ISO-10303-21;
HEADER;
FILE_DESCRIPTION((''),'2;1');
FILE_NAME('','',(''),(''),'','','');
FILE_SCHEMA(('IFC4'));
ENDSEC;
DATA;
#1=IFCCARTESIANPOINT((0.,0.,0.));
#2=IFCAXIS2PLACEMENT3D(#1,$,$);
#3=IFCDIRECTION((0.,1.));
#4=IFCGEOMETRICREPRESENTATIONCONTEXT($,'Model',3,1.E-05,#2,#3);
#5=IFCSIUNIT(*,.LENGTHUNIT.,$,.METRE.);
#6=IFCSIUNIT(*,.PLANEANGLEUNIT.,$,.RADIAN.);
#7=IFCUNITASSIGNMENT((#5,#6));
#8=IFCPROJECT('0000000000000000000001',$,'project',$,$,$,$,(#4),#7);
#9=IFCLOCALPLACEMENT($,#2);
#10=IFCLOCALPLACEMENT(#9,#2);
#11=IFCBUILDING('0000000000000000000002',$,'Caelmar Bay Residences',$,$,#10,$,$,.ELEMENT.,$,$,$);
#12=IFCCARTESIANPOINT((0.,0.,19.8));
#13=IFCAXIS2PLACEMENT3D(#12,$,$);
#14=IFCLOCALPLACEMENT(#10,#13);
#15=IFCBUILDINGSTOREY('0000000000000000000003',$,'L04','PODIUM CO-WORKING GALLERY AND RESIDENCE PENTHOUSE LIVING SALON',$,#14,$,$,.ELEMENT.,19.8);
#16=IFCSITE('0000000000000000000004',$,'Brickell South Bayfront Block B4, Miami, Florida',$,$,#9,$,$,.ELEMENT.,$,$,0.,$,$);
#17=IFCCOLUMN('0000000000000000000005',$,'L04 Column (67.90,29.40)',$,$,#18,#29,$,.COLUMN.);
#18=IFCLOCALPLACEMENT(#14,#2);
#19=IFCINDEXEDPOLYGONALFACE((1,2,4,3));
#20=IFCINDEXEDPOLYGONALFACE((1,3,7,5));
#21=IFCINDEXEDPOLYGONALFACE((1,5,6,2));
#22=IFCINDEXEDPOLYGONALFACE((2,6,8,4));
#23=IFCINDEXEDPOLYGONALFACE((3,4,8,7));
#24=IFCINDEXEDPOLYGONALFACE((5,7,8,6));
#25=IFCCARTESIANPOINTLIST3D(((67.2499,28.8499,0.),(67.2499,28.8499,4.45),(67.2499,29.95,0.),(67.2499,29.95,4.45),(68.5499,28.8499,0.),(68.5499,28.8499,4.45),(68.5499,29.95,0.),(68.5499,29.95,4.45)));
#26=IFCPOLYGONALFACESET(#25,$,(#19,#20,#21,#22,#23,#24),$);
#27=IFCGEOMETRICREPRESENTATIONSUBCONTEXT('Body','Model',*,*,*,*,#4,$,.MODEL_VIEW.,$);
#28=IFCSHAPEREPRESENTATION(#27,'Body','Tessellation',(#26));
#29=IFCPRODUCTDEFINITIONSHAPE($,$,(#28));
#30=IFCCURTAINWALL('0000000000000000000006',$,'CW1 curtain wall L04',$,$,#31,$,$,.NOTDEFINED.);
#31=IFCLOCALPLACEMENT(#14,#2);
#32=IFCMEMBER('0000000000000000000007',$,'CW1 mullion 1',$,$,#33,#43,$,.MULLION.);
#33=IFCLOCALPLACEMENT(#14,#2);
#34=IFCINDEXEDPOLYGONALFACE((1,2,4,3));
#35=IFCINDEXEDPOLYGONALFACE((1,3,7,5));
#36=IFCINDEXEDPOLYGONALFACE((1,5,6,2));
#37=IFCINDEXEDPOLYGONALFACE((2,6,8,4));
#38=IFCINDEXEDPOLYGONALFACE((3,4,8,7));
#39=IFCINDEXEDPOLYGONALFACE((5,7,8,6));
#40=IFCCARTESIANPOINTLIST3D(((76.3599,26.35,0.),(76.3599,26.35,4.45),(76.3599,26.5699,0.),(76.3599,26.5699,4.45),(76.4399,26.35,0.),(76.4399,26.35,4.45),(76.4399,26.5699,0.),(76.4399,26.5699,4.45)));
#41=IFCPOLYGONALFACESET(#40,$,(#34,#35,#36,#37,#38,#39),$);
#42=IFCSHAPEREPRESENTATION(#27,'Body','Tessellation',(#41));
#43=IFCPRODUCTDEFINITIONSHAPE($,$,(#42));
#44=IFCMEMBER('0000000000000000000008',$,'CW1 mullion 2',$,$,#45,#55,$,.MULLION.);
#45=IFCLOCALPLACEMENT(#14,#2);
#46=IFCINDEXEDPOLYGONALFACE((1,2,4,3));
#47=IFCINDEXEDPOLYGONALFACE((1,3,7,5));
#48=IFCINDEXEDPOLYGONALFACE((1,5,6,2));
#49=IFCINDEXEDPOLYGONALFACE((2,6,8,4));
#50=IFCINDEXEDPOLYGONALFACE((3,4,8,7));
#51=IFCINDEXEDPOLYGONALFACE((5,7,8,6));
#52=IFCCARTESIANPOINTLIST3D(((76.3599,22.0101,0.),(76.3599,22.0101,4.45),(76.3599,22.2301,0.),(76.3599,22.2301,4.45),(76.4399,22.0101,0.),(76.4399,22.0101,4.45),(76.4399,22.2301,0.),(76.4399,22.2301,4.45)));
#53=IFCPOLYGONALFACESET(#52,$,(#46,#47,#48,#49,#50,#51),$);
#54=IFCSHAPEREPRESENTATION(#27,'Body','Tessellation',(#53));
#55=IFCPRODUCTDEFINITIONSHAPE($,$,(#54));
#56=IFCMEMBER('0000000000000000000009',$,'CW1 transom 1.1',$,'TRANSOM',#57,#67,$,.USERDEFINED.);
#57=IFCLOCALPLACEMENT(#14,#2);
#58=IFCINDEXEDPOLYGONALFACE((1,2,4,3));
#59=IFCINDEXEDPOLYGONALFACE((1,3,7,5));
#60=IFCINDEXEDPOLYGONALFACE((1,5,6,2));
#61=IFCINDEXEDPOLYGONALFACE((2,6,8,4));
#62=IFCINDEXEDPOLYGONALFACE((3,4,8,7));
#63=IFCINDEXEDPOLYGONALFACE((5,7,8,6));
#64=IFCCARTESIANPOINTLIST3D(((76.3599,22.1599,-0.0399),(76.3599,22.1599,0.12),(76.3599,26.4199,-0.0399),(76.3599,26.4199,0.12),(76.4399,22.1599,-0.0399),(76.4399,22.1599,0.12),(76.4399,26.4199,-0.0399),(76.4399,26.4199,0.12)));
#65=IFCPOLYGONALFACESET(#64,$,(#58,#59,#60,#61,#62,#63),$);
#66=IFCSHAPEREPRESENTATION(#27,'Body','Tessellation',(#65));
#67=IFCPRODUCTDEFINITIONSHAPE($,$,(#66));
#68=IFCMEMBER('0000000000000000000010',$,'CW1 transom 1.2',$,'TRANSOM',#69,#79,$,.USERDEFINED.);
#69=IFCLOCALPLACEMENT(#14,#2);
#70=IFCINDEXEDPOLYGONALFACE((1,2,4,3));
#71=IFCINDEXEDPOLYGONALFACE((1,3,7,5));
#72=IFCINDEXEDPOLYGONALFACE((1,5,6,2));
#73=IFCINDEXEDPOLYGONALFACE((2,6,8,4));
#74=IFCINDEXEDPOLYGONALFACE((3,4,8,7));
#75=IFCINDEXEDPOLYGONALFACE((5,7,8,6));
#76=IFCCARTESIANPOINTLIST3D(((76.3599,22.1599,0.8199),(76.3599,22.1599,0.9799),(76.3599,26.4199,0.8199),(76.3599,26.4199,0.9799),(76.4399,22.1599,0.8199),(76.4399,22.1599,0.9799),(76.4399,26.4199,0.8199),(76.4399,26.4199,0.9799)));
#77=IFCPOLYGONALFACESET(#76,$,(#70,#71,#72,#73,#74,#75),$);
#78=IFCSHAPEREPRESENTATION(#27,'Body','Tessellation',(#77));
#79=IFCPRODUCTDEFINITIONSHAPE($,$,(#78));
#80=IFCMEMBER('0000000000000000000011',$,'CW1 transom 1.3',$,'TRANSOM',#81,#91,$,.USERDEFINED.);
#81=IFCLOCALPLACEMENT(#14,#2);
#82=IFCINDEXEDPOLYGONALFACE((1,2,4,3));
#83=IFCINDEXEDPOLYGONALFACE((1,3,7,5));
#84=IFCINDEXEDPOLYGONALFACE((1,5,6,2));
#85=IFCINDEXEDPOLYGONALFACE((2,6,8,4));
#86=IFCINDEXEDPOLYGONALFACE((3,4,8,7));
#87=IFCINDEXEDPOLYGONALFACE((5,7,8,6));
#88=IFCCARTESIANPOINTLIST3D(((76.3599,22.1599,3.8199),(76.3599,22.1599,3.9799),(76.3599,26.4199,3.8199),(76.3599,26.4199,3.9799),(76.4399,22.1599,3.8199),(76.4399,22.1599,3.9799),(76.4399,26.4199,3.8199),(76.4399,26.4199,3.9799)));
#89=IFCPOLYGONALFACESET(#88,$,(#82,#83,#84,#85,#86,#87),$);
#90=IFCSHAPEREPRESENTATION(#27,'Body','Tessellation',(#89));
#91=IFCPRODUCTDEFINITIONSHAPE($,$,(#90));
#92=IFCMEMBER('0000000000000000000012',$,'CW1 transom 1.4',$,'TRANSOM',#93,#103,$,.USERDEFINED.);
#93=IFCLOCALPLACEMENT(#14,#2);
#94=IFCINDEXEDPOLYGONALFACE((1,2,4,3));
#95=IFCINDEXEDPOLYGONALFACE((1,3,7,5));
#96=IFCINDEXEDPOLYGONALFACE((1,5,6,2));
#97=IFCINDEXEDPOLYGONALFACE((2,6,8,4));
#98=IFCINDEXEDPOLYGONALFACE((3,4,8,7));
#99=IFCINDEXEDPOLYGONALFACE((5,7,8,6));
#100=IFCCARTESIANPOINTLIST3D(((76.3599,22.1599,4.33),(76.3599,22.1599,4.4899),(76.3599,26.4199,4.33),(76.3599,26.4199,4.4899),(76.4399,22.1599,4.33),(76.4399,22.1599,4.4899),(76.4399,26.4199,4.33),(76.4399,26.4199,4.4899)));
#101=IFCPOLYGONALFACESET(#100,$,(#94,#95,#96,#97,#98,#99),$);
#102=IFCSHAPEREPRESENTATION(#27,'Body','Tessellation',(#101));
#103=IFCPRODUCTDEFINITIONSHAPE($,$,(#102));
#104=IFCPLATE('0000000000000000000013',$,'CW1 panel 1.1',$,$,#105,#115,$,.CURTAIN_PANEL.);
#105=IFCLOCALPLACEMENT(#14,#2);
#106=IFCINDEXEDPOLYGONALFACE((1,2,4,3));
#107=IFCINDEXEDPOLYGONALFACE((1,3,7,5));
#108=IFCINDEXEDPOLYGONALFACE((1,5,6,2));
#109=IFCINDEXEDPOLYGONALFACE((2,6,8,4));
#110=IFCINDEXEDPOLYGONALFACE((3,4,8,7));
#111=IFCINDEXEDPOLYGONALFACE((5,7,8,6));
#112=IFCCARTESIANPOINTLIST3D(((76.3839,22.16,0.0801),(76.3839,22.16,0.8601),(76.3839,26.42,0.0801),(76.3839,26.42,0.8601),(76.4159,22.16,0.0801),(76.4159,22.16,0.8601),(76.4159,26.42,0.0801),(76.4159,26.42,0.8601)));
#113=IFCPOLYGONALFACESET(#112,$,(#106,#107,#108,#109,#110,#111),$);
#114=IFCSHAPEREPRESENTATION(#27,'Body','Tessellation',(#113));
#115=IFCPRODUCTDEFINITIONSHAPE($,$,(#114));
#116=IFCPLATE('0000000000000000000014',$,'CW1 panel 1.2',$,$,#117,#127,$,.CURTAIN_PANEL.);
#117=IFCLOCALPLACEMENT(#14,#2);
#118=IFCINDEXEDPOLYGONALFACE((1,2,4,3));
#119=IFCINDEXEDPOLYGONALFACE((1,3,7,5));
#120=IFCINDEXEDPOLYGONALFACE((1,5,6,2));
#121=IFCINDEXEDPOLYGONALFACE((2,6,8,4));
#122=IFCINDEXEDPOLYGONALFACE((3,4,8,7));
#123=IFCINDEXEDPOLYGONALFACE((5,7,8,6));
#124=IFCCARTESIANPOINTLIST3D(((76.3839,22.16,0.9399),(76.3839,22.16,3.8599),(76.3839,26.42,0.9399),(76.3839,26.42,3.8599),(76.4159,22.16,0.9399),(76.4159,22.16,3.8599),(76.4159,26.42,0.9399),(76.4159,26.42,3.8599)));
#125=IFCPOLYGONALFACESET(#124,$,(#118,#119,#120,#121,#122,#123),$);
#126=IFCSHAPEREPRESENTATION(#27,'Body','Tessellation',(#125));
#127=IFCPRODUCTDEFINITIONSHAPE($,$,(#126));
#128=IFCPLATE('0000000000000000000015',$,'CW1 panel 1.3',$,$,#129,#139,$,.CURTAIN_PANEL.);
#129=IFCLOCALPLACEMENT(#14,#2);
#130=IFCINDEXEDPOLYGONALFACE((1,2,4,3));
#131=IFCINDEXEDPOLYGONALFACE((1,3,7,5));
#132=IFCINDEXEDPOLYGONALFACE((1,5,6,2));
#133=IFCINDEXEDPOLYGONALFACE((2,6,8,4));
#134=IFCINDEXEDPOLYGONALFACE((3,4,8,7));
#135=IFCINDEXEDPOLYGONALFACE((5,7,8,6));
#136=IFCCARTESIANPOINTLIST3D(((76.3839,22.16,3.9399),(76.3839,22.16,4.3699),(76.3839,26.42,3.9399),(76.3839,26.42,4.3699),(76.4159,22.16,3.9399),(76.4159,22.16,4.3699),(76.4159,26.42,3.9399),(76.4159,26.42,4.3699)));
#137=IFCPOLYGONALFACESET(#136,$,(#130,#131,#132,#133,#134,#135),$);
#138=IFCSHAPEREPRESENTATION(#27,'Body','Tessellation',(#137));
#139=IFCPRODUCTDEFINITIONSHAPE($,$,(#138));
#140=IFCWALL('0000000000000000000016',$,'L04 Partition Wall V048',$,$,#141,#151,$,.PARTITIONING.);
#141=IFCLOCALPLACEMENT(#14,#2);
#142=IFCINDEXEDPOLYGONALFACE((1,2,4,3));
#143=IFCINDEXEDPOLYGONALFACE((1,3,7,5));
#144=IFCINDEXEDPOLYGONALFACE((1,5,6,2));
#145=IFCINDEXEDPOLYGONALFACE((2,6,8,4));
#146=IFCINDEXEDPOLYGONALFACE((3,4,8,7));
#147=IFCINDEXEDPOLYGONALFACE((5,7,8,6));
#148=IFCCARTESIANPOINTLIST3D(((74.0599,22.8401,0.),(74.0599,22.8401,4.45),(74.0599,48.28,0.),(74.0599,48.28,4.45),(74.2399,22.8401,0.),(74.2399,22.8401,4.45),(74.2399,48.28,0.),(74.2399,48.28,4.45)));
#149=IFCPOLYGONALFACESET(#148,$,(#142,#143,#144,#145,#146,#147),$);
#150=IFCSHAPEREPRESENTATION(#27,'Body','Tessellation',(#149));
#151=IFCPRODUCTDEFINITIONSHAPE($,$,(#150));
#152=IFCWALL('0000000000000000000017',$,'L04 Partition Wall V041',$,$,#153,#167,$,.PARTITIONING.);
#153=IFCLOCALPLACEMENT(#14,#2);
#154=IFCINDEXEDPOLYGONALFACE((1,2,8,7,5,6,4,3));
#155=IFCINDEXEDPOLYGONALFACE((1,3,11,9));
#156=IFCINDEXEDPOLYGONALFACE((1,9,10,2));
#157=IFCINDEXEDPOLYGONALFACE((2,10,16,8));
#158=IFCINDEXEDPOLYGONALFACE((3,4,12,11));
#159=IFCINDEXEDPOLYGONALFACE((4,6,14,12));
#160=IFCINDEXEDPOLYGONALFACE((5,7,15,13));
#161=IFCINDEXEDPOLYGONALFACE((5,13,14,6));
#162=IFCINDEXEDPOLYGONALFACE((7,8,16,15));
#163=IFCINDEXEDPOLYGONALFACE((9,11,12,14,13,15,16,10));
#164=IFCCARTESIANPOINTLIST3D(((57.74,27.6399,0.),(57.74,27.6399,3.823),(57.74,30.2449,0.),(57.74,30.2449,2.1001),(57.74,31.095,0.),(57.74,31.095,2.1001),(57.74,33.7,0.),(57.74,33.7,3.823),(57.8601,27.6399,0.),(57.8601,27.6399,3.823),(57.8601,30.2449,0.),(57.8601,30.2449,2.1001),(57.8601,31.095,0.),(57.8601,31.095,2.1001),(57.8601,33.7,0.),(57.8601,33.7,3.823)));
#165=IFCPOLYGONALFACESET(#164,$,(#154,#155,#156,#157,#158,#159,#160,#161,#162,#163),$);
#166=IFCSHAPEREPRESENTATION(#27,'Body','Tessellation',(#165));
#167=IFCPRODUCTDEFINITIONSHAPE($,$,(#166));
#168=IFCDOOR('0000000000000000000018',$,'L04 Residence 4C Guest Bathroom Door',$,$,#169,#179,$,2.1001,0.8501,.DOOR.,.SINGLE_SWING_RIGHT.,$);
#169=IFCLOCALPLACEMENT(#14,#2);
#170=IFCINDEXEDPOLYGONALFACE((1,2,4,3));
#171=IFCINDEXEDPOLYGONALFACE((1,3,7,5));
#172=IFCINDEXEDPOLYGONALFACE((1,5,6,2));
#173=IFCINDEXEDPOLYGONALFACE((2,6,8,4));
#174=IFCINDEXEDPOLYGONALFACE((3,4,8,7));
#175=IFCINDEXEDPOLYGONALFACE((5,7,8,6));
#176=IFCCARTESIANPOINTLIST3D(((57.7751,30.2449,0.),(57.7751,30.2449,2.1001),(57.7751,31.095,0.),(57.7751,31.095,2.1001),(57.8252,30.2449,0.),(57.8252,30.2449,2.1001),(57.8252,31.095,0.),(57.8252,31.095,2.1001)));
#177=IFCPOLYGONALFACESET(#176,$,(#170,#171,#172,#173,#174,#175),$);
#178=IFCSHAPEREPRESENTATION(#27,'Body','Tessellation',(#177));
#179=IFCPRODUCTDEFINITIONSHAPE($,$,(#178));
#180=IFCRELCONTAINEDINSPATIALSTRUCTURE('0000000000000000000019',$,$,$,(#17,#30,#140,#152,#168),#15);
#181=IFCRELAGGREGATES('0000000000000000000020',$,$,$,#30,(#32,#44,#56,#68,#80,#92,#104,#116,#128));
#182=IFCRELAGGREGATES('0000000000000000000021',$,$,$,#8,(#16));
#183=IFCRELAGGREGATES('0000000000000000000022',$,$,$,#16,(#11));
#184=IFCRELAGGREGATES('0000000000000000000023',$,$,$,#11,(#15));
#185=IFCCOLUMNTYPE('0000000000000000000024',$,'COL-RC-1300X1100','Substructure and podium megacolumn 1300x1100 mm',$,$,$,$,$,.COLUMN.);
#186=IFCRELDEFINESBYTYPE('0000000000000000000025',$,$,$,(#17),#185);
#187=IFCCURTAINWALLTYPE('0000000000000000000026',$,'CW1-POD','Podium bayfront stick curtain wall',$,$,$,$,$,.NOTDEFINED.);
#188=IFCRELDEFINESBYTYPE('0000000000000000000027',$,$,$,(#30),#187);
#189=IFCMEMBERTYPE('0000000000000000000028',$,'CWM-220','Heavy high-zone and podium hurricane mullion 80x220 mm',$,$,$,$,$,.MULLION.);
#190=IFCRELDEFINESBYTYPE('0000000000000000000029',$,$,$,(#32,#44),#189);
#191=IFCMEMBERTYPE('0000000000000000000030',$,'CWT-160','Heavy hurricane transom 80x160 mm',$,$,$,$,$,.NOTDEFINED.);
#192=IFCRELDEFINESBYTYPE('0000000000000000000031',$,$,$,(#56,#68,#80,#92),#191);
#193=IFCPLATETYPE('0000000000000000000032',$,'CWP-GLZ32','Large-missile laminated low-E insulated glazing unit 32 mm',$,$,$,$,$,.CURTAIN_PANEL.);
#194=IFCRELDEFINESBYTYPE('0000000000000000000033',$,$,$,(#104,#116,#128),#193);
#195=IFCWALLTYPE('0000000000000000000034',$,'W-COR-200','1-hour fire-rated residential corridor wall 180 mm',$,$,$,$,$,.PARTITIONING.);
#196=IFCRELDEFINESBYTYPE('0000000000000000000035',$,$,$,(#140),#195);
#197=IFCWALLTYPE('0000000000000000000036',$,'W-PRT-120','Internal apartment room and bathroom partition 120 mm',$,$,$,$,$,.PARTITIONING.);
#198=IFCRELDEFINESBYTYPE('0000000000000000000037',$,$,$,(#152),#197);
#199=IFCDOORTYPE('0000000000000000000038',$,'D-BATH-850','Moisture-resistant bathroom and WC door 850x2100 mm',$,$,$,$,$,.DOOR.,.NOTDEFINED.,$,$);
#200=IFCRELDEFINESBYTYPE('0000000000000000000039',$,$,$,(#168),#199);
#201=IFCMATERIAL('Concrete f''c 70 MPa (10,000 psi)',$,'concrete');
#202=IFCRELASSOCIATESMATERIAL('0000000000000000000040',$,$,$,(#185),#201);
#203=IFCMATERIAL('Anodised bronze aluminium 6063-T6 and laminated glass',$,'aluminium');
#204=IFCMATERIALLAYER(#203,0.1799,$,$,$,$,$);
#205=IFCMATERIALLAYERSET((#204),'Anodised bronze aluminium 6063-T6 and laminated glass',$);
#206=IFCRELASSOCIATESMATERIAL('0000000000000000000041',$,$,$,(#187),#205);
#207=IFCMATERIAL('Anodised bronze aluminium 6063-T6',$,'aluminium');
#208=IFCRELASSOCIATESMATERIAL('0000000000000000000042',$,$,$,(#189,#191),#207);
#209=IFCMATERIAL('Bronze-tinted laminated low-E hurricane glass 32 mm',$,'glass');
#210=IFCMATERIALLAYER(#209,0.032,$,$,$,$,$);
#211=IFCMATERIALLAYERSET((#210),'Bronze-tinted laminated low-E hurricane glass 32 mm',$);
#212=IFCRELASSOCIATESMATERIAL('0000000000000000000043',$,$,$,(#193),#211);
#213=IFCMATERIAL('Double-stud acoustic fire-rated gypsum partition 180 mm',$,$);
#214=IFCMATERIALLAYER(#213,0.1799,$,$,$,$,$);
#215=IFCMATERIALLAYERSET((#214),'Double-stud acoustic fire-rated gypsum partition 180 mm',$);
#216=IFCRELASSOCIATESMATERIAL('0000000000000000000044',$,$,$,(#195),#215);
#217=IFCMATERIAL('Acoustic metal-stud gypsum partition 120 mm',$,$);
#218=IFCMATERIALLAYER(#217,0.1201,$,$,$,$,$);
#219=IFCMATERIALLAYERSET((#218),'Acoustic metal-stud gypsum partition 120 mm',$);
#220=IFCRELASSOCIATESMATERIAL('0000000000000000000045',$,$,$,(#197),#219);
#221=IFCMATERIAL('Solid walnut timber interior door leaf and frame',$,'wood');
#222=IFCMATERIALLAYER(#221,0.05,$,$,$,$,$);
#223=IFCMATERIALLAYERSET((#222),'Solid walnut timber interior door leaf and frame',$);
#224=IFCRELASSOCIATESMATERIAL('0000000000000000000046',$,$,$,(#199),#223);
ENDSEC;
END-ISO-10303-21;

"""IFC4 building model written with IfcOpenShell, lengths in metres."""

from ifc_helpers import new_model, si_unit, direction, frame, frame_2d, origin, origin_2d, place, context, subcontext, project, spatial, rectangle, extrude, material, layer, layer_set, material_profile, profile_set, type_object, element, fill, aggregate, save


model = new_model("IFC4")

# Units and contexts
model_context = context("Model", 3, precision=1e-05, world=origin(), true_north=direction((0.0, 1.0)))
body_context = subcontext(model_context, "Body", "Model", "MODEL_VIEW")
ifc_project = project(units=[si_unit("LENGTHUNIT", "METRE"), si_unit("PLANEANGLEUNIT", "RADIAN")], contexts=[model_context])

# Site, building, storey
site_placement = place(None, origin())
site = spatial("IfcSite", under=ifc_project, at=site_placement, Name="Brickell South Bayfront Block B4, Miami, Florida", CompositionType="ELEMENT", RefElevation=0.0)
building_placement = place(site_placement, origin())
building = spatial("IfcBuilding", under=site, at=building_placement, Name="Caelmar Bay Residences", CompositionType="ELEMENT")
storey_placement = place(building_placement, frame((0.0, 0.0, 19.8)))
storey = spatial("IfcBuildingStorey", under=building, at=storey_placement, Name="L04", Description="PODIUM CO-WORKING GALLERY AND RESIDENCE PENTHOUSE LIVING SALON", CompositionType="ELEMENT", Elevation=19.8)

# Column
ifc_material_1 = material(Name="Concrete f'c 70 MPa (10,000 psi)", Category="concrete")
ifc_material_profile_1 = material_profile(ifc_material_1, rectangle(XDim=1.3, YDim=1.1001, at=origin_2d()), Name="RC-COL-1300X1100")
ifc_profile_set_1 = profile_set([ifc_material_profile_1], Name="Concrete f'c 70 MPa (10,000 psi)")
column_type = type_object("IfcColumnType", Name="COL-RC-1300X1100", Description="Substructure and podium megacolumn 1300x1100 mm", PredefinedType="COLUMN", material=ifc_profile_set_1)
column_placement = place(storey_placement, frame((67.8999, 29.3999, 0.0), z_axis=(0.0, 0.0, 1.0), x_axis=(1.0, 0.0, 0.0)))
element("IfcColumn", 1, at=column_placement, inside=storey, type_object=column_type, Name="L04 Column (67.90,29.40)", PredefinedType="COLUMN", context=body_context, shape_type="SweptSolid", body=[
    extrude(rectangle(XDim=1.3, YDim=1.1001, at=origin_2d()), origin(), (0.0, 0.0, 1.0), 4.45),
])

# Curtain wall, members, plates
ifc_material_2 = material(Name="Anodised bronze aluminium 6063-T6 and laminated glass", Category="aluminium")
ifc_layer_1 = layer(ifc_material_2, 0.1799)
ifc_layer_set_1 = layer_set([ifc_layer_1], Name="Anodised bronze aluminium 6063-T6 and laminated glass")
curtain_wall_type = type_object("IfcCurtainWallType", Name="CW1-POD", Description="Podium bayfront stick curtain wall", PredefinedType="NOTDEFINED", material=ifc_layer_set_1)
curtain_wall_placement = place(storey_placement, origin())
curtain_wall = element("IfcCurtainWall", 2, at=curtain_wall_placement, inside=storey, type_object=curtain_wall_type, Name="CW1 curtain wall L04", PredefinedType="NOTDEFINED")
ifc_material_3 = material(Name="Anodised bronze aluminium 6063-T6", Category="aluminium")
ifc_material_profile_2 = material_profile(ifc_material_3, rectangle(XDim=0.0801, YDim=0.22, at=origin_2d()), Name="CWM-80X220")
ifc_profile_set_2 = profile_set([ifc_material_profile_2], Name="Anodised bronze aluminium 6063-T6")
member_type_1 = type_object("IfcMemberType", Name="CWM-220", Description="Heavy high-zone and podium hurricane mullion 80x220 mm", PredefinedType="MULLION", material=ifc_profile_set_2)
member_1_placement = place(storey_placement, frame((76.3999, 26.46, 0.0), z_axis=(0.0, 0.0, 1.0), x_axis=(1.0, 0.0, 0.0)))
member_1 = element("IfcMember", 3, at=member_1_placement, type_object=member_type_1, Name="CW1 mullion 1", PredefinedType="MULLION", context=body_context, shape_type="SweptSolid", body=[
    extrude(rectangle(XDim=0.0801, YDim=0.22, at=origin_2d()), origin(), (0.0, 0.0, 1.0), 4.45),
])
member_2_placement = place(storey_placement, frame((76.3999, 22.1201, 0.0), z_axis=(0.0, 0.0, 1.0), x_axis=(1.0, 0.0, 0.0)))
member_2 = element("IfcMember", 4, at=member_2_placement, type_object=member_type_1, Name="CW1 mullion 2", PredefinedType="MULLION", context=body_context, shape_type="SweptSolid", body=[
    extrude(rectangle(XDim=0.0801, YDim=0.22, at=origin_2d()), origin(), (0.0, 0.0, 1.0), 4.45),
])
ifc_material_profile_3 = material_profile(ifc_material_3, rectangle(XDim=0.0801, YDim=0.1599, at=origin_2d()), Name="CWT-80X160")
ifc_profile_set_3 = profile_set([ifc_material_profile_3], Name="Anodised bronze aluminium 6063-T6")
member_type_2 = type_object("IfcMemberType", Name="CWT-160", Description="Heavy hurricane transom 80x160 mm", PredefinedType="NOTDEFINED", material=ifc_profile_set_3)
member_3_placement = place(storey_placement, frame((76.3999, 26.4199, 0.04), z_axis=(0.0, -1.0, 0.0), x_axis=(1.0, 0.0, 0.0)))
member_3 = element("IfcMember", 5, at=member_3_placement, type_object=member_type_2, Name="CW1 transom 1.1", ObjectType="TRANSOM", PredefinedType="USERDEFINED", context=body_context, shape_type="SweptSolid", body=[
    extrude(rectangle(XDim=0.0801, YDim=0.1599, at=origin_2d()), origin(), (0.0, 0.0, 1.0), 4.26),
])
member_4_placement = place(storey_placement, frame((76.3999, 26.4199, 0.8999), z_axis=(0.0, -1.0, 0.0), x_axis=(1.0, 0.0, 0.0)))
member_4 = element("IfcMember", 6, at=member_4_placement, type_object=member_type_2, Name="CW1 transom 1.2", ObjectType="TRANSOM", PredefinedType="USERDEFINED", context=body_context, shape_type="SweptSolid", body=[
    extrude(rectangle(XDim=0.0801, YDim=0.1599, at=origin_2d()), origin(), (0.0, 0.0, 1.0), 4.26),
])
member_5_placement = place(storey_placement, frame((76.3999, 26.4199, 3.8999), z_axis=(0.0, -1.0, 0.0), x_axis=(1.0, 0.0, 0.0)))
member_5 = element("IfcMember", 7, at=member_5_placement, type_object=member_type_2, Name="CW1 transom 1.3", ObjectType="TRANSOM", PredefinedType="USERDEFINED", context=body_context, shape_type="SweptSolid", body=[
    extrude(rectangle(XDim=0.0801, YDim=0.1599, at=origin_2d()), origin(), (0.0, 0.0, 1.0), 4.26),
])
member_6_placement = place(storey_placement, frame((76.3999, 26.4199, 4.4099), z_axis=(0.0, -1.0, 0.0), x_axis=(1.0, 0.0, 0.0)))
member_6 = element("IfcMember", 8, at=member_6_placement, type_object=member_type_2, Name="CW1 transom 1.4", ObjectType="TRANSOM", PredefinedType="USERDEFINED", context=body_context, shape_type="SweptSolid", body=[
    extrude(rectangle(XDim=0.0801, YDim=0.1599, at=origin_2d()), origin(), (0.0, 0.0, 1.0), 4.26),
])
ifc_material_4 = material(Name="Bronze-tinted laminated low-E hurricane glass 32 mm", Category="glass")
ifc_layer_2 = layer(ifc_material_4, 0.032)
ifc_layer_set_2 = layer_set([ifc_layer_2], Name="Bronze-tinted laminated low-E hurricane glass 32 mm")
plate_type = type_object("IfcPlateType", Name="CWP-GLZ32", Description="Large-missile laminated low-E insulated glazing unit 32 mm", PredefinedType="CURTAIN_PANEL", material=ifc_layer_set_2)
plate_1_placement = place(storey_placement, frame((76.3999, 24.29, 0.0801), z_axis=(0.0, 0.0, 1.0), x_axis=(0.0, -1.0, 0.0)))
plate_1 = element("IfcPlate", 9, at=plate_1_placement, type_object=plate_type, Name="CW1 panel 1.1", PredefinedType="CURTAIN_PANEL", context=body_context, shape_type="SweptSolid", body=[
    extrude(rectangle(XDim=4.26, YDim=0.032, at=origin_2d()), origin(), (0.0, 0.0, 1.0), 0.78),
])
plate_2_placement = place(storey_placement, frame((76.3999, 24.29, 0.9399), z_axis=(0.0, 0.0, 1.0), x_axis=(0.0, -1.0, 0.0)))
plate_2 = element("IfcPlate", 10, at=plate_2_placement, type_object=plate_type, Name="CW1 panel 1.2", PredefinedType="CURTAIN_PANEL", context=body_context, shape_type="SweptSolid", body=[
    extrude(rectangle(XDim=4.26, YDim=0.032, at=origin_2d()), origin(), (0.0, 0.0, 1.0), 2.9199),
])
plate_3_placement = place(storey_placement, frame((76.3999, 24.29, 3.9399), z_axis=(0.0, 0.0, 1.0), x_axis=(0.0, -1.0, 0.0)))
plate_3 = element("IfcPlate", 11, at=plate_3_placement, type_object=plate_type, Name="CW1 panel 1.3", PredefinedType="CURTAIN_PANEL", context=body_context, shape_type="SweptSolid", body=[
    extrude(rectangle(XDim=4.26, YDim=0.032, at=origin_2d()), origin(), (0.0, 0.0, 1.0), 0.4299),
])
aggregate(curtain_wall, [member_1, member_2, member_3, member_4, member_5, member_6, plate_1, plate_2, plate_3])

# Wall
ifc_material_5 = material(Name="Double-stud acoustic fire-rated gypsum partition 180 mm")
ifc_layer_3 = layer(ifc_material_5, 0.1799)
ifc_layer_set_3 = layer_set([ifc_layer_3], Name="Double-stud acoustic fire-rated gypsum partition 180 mm")
wall_type_1 = type_object("IfcWallType", Name="W-COR-200", Description="1-hour fire-rated residential corridor wall 180 mm", PredefinedType="PARTITIONING", material=ifc_layer_set_3)
wall_1_placement = place(storey_placement, frame((74.1499, 22.8401, 0.0), z_axis=(0.0, 0.0, 1.0), x_axis=(0.0, 1.0, 0.0)))
element("IfcWall", 12, at=wall_1_placement, inside=storey, type_object=wall_type_1, Name="L04 Partition Wall V048", PredefinedType="PARTITIONING", context=body_context, shape_type="SweptSolid", body=[
    extrude(rectangle(XDim=25.4399, YDim=0.1799, at=frame_2d((12.72, 0.0))), origin(), (0.0, 0.0, 1.0), 4.45),
])

# Wall, opening, door
ifc_material_6 = material(Name="Acoustic metal-stud gypsum partition 120 mm")
ifc_layer_4 = layer(ifc_material_6, 0.1201)
ifc_layer_set_4 = layer_set([ifc_layer_4], Name="Acoustic metal-stud gypsum partition 120 mm")
wall_type_2 = type_object("IfcWallType", Name="W-PRT-120", Description="Internal apartment room and bathroom partition 120 mm", PredefinedType="PARTITIONING", material=ifc_layer_set_4)
wall_2_placement = place(storey_placement, frame((57.8, 27.6399, 0.0), z_axis=(0.0, 0.0, 1.0), x_axis=(0.0, 1.0, 0.0)))
wall_2 = element("IfcWall", 13, at=wall_2_placement, inside=storey, type_object=wall_type_2, Name="L04 Partition Wall V041", PredefinedType="PARTITIONING", context=body_context, shape_type="SweptSolid", body=[
    extrude(rectangle(XDim=6.0601, YDim=0.1201, at=frame_2d((3.03, 0.0))), origin(), (0.0, 0.0, 1.0), 3.823),
])
opening_1_placement = place(wall_2_placement, frame((2.605, 0.0, 0.0)))
opening_1 = element("IfcOpeningElement", 14, at=opening_1_placement, cuts=wall_2, PredefinedType="OPENING", context=body_context, shape_type="SweptSolid", body=[
    extrude(rectangle(XDim=0.8501, YDim=2.1001, at=frame_2d((0.425, 1.05))), frame((0.0, 0.0701, 0.0), z_axis=(0.0, -1.0, 0.0), x_axis=(1.0, 0.0, 0.0)), (0.0, 0.0, 1.0), 0.1401),
])
ifc_material_7 = material(Name="Solid walnut timber interior door leaf and frame", Category="wood")
ifc_layer_5 = layer(ifc_material_7, 0.05)
ifc_layer_set_5 = layer_set([ifc_layer_5], Name="Solid walnut timber interior door leaf and frame")
door_type_1 = type_object("IfcDoorType", Name="D-BATH-850", Description="Moisture-resistant bathroom and WC door 850x2100 mm", OperationType="NOTDEFINED", PredefinedType="DOOR", material=ifc_layer_set_5)
door_1_placement = place(opening_1_placement, origin())
door_1 = element("IfcDoor", 15, at=door_1_placement, inside=storey, type_object=door_type_1, Name="L04 Residence 4C Guest Bathroom Door", OperationType="SINGLE_SWING_RIGHT", OverallHeight=2.1001, OverallWidth=0.8501, PredefinedType="DOOR", context=body_context, shape_type="SweptSolid", body=[
    extrude(rectangle(XDim=0.8501, YDim=2.1001, at=frame_2d((0.425, 1.05))), frame((0.0, 0.0249, 0.0), z_axis=(0.0, -1.0, 0.0), x_axis=(1.0, 0.0, 0.0)), (0.0, 0.0, 1.0), 0.05),
])
fill(opening_1, door_1)

save(model, "model.ifc")
